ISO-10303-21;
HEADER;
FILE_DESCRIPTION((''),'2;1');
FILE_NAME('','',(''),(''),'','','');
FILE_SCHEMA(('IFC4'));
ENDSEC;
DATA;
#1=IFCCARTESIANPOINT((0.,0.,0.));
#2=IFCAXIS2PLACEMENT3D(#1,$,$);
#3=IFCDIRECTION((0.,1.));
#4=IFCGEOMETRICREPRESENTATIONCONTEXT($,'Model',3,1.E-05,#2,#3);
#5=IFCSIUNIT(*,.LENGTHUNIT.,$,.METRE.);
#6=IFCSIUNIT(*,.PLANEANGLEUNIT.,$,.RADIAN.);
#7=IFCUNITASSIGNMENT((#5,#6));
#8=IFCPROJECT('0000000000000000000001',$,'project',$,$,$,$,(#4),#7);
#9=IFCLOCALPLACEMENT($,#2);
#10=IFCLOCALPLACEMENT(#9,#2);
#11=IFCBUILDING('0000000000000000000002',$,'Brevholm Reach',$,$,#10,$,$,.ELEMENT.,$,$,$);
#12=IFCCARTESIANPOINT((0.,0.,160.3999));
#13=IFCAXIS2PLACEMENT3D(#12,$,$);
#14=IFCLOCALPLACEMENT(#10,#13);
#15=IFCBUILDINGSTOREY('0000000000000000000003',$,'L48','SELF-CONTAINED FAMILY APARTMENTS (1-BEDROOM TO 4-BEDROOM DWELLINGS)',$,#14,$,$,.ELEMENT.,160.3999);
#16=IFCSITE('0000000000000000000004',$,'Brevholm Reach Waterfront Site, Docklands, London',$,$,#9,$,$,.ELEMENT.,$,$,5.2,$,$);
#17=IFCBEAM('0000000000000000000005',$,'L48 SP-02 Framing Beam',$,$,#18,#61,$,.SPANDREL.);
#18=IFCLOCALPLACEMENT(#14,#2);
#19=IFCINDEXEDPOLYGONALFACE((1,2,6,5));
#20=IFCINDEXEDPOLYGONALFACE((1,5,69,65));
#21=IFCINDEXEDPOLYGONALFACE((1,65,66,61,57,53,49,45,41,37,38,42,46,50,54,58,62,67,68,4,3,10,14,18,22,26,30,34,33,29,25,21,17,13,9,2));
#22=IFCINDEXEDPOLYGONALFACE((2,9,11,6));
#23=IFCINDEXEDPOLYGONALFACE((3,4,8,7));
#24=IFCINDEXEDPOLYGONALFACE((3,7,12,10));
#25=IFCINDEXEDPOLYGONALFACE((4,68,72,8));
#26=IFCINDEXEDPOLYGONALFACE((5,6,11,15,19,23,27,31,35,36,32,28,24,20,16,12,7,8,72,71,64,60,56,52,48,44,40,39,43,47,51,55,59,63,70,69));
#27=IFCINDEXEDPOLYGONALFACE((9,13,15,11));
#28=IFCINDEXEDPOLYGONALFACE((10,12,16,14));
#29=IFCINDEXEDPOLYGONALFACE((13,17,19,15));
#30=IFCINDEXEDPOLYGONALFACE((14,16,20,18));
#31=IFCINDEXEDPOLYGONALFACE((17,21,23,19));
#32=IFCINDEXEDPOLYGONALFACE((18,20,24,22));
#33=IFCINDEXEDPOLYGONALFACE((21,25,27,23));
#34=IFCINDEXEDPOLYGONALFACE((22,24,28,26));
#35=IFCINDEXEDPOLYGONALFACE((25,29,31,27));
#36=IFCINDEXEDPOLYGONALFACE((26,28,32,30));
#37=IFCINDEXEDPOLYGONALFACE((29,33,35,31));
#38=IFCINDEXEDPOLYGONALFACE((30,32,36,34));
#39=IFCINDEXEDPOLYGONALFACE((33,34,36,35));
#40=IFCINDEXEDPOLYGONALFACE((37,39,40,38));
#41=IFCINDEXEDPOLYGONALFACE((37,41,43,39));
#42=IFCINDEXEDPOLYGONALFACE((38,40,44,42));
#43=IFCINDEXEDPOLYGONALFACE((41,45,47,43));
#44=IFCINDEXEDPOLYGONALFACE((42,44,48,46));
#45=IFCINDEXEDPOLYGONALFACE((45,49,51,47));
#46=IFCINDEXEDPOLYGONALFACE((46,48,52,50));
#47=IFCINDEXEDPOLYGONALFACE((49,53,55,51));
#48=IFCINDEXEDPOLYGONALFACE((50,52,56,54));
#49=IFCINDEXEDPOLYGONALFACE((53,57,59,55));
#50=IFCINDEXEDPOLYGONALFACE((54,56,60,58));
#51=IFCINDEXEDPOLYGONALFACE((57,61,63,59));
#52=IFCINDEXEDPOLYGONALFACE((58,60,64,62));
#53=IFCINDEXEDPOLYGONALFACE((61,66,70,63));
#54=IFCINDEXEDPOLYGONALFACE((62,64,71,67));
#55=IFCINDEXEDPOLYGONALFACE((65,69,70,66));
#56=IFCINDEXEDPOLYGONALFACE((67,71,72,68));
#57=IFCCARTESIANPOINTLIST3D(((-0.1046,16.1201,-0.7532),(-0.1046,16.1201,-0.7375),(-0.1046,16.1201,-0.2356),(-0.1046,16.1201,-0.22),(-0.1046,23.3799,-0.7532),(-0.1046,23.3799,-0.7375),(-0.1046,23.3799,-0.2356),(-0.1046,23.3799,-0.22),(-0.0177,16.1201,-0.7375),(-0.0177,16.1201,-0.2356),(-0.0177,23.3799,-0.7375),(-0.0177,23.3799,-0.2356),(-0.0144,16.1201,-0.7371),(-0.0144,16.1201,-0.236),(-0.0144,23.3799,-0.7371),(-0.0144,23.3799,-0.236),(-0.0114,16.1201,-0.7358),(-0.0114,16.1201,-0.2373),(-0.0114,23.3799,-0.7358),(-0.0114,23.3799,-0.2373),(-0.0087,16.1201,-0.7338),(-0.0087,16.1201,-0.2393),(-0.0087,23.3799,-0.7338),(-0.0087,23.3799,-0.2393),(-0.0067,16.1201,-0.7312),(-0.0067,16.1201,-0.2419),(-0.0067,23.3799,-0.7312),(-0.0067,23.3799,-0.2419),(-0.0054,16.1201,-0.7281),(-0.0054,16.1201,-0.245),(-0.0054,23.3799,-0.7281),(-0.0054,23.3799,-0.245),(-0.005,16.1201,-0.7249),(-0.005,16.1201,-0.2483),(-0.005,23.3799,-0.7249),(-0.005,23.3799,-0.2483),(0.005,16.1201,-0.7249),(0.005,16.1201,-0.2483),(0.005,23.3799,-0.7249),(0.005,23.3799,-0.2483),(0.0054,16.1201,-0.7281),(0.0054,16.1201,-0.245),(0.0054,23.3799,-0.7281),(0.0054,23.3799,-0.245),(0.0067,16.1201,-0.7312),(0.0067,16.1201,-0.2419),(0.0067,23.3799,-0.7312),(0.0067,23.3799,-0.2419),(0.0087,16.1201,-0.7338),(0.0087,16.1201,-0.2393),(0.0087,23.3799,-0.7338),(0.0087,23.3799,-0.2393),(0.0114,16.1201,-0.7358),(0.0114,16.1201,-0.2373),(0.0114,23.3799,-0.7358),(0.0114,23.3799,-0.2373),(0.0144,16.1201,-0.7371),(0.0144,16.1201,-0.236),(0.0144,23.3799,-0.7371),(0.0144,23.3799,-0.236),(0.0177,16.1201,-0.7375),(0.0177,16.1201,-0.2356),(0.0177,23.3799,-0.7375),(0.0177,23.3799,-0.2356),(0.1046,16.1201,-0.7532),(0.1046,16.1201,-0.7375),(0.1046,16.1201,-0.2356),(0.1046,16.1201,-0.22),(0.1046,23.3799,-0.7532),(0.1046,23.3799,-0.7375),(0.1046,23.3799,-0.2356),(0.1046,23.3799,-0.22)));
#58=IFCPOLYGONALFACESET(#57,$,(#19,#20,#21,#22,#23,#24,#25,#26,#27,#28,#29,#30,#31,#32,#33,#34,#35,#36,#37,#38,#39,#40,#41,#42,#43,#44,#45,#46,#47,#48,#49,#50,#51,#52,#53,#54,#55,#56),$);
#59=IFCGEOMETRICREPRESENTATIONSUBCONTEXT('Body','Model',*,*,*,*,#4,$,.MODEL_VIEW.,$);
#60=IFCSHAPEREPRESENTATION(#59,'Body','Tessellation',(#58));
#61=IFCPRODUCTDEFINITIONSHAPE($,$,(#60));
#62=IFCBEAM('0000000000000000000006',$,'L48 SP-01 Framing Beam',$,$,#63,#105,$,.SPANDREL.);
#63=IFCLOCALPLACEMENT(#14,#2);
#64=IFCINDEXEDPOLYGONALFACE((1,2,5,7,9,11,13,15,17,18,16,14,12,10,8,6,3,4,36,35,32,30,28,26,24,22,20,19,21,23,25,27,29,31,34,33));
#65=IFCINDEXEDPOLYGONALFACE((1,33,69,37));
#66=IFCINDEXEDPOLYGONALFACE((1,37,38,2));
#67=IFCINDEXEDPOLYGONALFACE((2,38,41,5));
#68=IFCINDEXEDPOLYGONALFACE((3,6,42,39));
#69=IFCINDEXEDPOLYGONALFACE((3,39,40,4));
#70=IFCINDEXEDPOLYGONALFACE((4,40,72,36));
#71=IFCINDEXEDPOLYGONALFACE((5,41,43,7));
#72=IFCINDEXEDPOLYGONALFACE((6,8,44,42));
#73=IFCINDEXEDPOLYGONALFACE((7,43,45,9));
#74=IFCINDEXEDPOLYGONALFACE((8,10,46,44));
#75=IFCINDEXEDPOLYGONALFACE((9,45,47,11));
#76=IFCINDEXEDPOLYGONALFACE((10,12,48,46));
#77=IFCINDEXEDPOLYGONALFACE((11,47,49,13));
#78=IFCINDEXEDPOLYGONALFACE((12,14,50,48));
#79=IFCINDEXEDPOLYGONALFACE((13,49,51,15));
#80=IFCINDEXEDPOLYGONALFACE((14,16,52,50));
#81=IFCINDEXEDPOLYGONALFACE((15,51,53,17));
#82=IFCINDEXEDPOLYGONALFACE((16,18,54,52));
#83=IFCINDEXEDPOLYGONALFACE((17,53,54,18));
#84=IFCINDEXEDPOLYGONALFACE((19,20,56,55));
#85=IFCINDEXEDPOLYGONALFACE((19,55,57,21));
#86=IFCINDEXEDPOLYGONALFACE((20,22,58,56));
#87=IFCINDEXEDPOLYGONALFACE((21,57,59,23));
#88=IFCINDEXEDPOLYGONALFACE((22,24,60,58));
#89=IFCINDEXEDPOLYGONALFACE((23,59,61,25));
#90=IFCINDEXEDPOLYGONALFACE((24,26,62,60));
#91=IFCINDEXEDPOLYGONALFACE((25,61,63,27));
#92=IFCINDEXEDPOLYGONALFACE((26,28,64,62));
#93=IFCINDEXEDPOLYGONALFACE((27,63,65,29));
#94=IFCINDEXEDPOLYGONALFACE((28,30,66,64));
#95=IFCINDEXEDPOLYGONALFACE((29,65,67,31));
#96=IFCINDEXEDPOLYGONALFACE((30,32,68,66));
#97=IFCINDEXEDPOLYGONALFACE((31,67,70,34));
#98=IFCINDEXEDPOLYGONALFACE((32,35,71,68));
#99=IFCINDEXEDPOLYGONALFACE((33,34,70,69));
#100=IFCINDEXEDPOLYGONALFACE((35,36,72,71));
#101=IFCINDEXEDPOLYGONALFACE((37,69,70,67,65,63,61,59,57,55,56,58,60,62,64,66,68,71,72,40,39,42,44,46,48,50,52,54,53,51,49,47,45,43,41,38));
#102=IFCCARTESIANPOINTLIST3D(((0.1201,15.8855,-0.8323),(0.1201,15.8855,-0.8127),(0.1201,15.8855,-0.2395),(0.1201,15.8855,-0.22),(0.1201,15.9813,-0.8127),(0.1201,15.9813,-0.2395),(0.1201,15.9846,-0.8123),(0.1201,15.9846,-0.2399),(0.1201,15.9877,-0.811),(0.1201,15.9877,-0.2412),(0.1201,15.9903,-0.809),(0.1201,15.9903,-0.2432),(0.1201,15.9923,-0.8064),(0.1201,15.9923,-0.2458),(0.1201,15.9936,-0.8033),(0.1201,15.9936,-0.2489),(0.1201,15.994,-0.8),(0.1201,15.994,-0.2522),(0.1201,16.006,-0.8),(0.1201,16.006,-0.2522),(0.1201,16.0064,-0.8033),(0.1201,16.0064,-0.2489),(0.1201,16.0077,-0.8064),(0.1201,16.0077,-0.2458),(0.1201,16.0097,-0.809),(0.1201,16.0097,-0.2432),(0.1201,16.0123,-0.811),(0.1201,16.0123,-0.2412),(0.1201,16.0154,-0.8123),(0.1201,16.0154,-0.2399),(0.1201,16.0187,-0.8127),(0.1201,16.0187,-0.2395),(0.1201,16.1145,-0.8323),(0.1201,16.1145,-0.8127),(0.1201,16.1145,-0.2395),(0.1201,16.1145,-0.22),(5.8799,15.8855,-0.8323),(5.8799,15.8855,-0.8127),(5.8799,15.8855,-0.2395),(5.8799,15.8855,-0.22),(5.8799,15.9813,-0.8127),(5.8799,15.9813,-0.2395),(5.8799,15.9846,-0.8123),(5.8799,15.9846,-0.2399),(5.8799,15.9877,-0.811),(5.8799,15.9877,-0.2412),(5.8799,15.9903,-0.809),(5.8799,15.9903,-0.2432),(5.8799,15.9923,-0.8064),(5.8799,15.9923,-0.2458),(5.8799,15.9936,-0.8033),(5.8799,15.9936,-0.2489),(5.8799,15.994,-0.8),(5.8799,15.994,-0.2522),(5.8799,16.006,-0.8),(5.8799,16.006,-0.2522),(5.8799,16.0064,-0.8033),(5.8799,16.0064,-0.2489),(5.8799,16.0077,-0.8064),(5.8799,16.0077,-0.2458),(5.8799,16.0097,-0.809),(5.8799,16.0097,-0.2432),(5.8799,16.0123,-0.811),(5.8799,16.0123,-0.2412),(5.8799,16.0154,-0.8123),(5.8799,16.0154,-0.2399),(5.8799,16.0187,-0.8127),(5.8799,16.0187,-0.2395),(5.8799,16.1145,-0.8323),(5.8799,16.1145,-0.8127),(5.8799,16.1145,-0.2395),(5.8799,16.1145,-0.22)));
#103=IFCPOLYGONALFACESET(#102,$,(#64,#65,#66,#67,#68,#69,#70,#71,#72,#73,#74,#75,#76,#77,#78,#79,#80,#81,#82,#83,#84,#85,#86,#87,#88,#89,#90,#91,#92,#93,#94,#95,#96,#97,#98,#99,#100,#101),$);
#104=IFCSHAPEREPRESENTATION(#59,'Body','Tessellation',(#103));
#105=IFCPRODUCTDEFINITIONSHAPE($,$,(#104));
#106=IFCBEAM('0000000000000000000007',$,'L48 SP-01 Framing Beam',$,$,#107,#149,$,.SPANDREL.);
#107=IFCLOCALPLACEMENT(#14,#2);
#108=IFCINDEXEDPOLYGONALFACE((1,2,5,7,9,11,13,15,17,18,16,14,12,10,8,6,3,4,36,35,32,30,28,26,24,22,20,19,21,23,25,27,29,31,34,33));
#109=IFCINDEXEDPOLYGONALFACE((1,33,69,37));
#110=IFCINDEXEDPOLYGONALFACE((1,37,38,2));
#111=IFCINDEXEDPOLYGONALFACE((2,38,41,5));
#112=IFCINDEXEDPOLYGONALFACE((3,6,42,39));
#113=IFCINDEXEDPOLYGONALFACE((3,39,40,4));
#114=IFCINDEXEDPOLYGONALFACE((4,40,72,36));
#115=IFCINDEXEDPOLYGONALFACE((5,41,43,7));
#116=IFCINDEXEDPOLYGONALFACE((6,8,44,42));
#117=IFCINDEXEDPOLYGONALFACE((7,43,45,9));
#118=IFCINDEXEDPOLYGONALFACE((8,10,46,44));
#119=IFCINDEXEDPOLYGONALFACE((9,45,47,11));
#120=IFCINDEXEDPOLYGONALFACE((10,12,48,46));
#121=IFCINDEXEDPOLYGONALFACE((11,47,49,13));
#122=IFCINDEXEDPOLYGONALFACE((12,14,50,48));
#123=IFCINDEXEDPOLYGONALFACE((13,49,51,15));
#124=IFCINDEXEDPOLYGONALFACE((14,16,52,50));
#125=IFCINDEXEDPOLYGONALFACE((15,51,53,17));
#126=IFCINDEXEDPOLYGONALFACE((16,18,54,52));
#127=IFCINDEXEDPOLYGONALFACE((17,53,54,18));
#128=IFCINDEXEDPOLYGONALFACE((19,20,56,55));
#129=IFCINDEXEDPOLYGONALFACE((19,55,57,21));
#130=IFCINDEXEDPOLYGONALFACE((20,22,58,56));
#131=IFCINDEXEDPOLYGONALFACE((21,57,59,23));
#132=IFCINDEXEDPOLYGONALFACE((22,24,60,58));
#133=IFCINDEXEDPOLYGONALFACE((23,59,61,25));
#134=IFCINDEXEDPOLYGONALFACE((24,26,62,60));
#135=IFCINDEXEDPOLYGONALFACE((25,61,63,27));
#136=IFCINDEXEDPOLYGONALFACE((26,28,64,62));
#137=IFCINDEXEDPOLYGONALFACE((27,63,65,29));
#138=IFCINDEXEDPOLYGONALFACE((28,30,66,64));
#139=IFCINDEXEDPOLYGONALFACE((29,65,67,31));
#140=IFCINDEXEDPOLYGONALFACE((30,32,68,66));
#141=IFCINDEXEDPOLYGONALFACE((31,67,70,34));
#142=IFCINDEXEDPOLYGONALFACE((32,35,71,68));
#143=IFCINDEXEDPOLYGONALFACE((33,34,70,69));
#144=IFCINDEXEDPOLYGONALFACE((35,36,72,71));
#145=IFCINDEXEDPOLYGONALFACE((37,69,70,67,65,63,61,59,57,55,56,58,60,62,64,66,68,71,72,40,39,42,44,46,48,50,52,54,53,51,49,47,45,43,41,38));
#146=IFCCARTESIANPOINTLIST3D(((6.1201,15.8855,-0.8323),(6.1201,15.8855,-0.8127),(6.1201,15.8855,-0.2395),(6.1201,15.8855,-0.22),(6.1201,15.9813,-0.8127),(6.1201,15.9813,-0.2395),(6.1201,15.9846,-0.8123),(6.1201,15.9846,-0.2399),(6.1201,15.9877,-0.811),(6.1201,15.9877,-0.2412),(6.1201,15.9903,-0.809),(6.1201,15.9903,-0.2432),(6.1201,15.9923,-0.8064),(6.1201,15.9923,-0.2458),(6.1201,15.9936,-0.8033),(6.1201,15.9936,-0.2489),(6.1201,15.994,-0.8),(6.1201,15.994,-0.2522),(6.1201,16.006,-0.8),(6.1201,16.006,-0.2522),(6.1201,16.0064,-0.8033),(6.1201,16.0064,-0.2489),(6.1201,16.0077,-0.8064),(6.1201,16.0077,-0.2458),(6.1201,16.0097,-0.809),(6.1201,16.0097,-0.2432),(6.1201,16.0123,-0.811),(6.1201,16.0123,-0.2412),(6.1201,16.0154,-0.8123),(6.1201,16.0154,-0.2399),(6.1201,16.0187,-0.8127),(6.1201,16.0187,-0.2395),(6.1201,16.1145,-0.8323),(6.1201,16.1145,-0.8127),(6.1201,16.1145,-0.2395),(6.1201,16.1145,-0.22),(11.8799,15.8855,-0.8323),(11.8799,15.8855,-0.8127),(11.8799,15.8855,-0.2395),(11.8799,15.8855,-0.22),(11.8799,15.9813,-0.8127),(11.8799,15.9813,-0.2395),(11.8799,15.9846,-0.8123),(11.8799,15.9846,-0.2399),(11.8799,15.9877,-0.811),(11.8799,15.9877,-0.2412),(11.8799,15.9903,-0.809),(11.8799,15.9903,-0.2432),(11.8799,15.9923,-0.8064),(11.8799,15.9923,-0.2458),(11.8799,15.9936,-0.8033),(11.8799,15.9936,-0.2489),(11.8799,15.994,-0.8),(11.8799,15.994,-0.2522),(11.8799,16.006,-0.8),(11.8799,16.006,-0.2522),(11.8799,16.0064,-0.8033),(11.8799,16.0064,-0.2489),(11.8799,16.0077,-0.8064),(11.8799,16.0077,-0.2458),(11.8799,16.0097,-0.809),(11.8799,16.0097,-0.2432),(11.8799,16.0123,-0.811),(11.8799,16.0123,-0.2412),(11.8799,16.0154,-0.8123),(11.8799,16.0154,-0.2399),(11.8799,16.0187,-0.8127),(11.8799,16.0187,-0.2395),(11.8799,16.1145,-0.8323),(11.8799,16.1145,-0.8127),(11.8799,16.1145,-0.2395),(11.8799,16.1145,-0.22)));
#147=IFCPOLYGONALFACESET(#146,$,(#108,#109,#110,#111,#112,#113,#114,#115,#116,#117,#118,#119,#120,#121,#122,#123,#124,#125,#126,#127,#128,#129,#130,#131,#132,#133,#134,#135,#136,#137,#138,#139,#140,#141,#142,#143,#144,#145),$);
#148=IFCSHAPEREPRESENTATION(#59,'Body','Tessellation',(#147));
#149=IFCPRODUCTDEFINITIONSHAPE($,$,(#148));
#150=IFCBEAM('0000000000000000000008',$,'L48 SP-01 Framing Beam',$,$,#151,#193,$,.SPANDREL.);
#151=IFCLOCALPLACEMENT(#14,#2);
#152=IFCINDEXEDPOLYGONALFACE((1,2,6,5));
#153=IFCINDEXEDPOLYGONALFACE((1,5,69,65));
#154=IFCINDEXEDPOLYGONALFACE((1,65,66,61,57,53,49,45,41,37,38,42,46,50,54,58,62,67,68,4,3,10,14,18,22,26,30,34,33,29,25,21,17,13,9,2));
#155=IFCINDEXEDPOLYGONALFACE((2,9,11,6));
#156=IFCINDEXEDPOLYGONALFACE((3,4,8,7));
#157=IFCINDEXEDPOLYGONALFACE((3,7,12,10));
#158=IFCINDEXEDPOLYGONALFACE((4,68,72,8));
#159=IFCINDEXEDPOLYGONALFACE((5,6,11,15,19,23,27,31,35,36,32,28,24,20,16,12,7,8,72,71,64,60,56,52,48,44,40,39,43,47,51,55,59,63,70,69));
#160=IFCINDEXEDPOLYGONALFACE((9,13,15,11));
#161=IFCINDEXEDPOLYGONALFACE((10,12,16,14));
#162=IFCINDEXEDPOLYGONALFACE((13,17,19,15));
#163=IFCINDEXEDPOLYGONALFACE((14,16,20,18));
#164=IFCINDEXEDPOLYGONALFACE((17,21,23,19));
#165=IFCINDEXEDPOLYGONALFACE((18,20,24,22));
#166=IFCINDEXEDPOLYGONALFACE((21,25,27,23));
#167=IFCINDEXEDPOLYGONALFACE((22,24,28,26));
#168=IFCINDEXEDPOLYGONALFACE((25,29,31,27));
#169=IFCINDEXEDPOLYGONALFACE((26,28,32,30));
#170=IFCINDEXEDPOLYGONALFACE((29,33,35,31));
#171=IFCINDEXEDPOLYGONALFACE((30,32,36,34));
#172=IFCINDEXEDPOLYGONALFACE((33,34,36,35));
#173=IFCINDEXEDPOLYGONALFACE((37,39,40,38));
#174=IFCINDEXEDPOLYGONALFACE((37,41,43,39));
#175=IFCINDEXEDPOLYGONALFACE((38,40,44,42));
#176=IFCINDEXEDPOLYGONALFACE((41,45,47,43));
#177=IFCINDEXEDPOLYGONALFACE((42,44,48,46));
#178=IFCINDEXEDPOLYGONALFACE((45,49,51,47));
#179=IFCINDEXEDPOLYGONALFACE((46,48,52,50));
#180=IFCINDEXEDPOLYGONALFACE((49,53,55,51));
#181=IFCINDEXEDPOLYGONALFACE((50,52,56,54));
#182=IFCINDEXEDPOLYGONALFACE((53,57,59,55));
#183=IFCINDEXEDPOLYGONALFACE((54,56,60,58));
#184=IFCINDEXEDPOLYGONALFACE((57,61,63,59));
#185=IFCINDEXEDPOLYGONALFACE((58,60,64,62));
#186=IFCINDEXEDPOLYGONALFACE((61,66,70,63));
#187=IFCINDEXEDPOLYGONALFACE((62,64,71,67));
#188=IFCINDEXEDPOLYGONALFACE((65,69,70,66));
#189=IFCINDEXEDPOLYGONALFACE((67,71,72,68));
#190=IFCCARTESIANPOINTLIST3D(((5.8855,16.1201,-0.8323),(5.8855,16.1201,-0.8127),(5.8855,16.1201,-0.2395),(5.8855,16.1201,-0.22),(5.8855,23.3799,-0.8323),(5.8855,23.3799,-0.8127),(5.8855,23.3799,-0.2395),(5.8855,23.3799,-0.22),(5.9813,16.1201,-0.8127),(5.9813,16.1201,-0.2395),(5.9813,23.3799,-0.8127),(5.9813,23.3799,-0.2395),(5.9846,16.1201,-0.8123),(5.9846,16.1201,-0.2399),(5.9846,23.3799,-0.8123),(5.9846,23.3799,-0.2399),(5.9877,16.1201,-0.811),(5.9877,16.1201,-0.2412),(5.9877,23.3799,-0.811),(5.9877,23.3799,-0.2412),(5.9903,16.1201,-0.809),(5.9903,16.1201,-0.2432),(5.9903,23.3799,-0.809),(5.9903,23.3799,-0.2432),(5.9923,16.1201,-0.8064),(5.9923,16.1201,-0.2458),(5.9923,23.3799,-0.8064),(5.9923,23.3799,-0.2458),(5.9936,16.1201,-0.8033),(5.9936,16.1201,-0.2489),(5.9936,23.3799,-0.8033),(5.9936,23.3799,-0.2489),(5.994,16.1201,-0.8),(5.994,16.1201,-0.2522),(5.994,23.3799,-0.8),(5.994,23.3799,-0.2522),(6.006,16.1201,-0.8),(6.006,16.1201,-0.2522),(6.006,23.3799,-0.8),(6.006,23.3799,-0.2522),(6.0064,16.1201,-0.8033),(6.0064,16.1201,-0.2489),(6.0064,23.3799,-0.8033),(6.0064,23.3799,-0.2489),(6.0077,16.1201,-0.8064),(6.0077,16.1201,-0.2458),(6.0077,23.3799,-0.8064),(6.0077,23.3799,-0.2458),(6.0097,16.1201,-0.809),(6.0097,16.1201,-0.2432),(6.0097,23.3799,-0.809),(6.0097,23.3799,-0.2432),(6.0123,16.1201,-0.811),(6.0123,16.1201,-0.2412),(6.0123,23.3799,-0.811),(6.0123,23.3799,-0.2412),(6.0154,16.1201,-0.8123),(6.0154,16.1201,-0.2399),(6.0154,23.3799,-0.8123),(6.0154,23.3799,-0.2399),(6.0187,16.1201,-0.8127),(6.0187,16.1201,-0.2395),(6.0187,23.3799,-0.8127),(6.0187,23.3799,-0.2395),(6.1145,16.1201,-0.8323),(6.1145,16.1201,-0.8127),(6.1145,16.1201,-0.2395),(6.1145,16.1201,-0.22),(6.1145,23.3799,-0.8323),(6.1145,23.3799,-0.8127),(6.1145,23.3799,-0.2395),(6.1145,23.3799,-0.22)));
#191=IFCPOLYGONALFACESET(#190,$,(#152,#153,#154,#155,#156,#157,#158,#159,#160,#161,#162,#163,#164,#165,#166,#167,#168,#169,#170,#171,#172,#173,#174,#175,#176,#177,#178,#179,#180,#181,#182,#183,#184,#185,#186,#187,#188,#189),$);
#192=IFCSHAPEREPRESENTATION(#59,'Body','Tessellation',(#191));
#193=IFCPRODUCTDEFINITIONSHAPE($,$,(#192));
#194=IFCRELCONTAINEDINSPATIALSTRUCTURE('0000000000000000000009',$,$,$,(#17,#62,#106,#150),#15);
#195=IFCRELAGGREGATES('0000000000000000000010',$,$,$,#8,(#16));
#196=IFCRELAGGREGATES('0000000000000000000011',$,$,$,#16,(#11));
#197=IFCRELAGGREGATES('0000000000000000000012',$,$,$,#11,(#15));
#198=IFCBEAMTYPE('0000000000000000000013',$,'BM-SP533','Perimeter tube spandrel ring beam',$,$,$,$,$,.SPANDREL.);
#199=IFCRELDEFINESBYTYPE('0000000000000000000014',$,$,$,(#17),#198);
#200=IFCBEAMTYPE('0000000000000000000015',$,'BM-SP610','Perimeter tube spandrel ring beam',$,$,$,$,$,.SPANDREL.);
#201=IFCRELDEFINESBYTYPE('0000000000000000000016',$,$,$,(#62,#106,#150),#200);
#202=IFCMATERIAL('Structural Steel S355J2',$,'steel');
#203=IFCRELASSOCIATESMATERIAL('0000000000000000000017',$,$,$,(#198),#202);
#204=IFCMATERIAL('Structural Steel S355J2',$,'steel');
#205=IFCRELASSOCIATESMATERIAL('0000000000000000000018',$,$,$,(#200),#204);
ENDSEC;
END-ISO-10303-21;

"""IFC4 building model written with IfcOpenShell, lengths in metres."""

from ifc_helpers import new_model, si_unit, direction, frame, origin, origin_2d, place, context, subcontext, project, spatial, i_section, extrude, material, material_profile, profile_set, type_object, element, save


model = new_model("IFC4")

# Units and contexts
model_context = context("Model", 3, precision=1e-05, world=origin(), true_north=direction((0.0, 1.0)))
body_context = subcontext(model_context, "Body", "Model", "MODEL_VIEW")
ifc_project = project(units=[si_unit("LENGTHUNIT", "METRE"), si_unit("PLANEANGLEUNIT", "RADIAN")], contexts=[model_context])

# Site, building, storey
site_placement = place(None, origin())
site = spatial("IfcSite", under=ifc_project, at=site_placement, Name="Brevholm Reach Waterfront Site, Docklands, London", CompositionType="ELEMENT", RefElevation=5.2)
building_placement = place(site_placement, origin())
building = spatial("IfcBuilding", under=site, at=building_placement, Name="Brevholm Reach", CompositionType="ELEMENT")
storey_placement = place(building_placement, frame((0.0, 0.0, 160.3999)))
storey = spatial("IfcBuildingStorey", under=building, at=storey_placement, Name="L48", Description="SELF-CONTAINED FAMILY APARTMENTS (1-BEDROOM TO 4-BEDROOM DWELLINGS)", CompositionType="ELEMENT", Elevation=160.3999)

# Beams
ifc_material_1 = material(Name="Structural Steel S355J2", Category="steel")
ifc_material_profile_1 = material_profile(ifc_material_1, i_section(OverallWidth=0.2092, OverallDepth=0.5332, WebThickness=0.01, FlangeThickness=0.0156, FilletRadius=0.0127, at=origin_2d()), Name="UKB 533x210x92")
ifc_profile_set_1 = profile_set([ifc_material_profile_1], Name="Structural Steel S355J2")
beam_type_1 = type_object("IfcBeamType", Name="BM-SP533", Description="Perimeter tube spandrel ring beam", PredefinedType="SPANDREL", material=ifc_profile_set_1)
beam_1_placement = place(storey_placement, frame((0.0, 16.1201, -0.4866), z_axis=(0.0, 1.0, 0.0), x_axis=(-1.0, 0.0, 0.0)))
element("IfcBeam", 1, at=beam_1_placement, inside=storey, type_object=beam_type_1, Name="L48 SP-02 Framing Beam", PredefinedType="SPANDREL", context=body_context, shape_type="SweptSolid", body=[
    extrude(i_section(OverallWidth=0.2092, OverallDepth=0.5332, WebThickness=0.01, FlangeThickness=0.0156, FilletRadius=0.0127, at=origin_2d()), origin(), (0.0, 0.0, 1.0), 7.2598),
])
ifc_material_2 = material(Name="Structural Steel S355J2", Category="steel")
ifc_material_profile_2 = material_profile(ifc_material_2, i_section(OverallWidth=0.229, OverallDepth=0.6123, WebThickness=0.012, FlangeThickness=0.0195, FilletRadius=0.0127, at=origin_2d()), Name="UKB 610x229x125")
ifc_profile_set_2 = profile_set([ifc_material_profile_2], Name="Structural Steel S355J2")
beam_type_2 = type_object("IfcBeamType", Name="BM-SP610", Description="Perimeter tube spandrel ring beam", PredefinedType="SPANDREL", material=ifc_profile_set_2)
for number, where, z_axis, x_axis, name in (
    (2, (0.1201, 16.0, -0.5261), (1.0, 0.0, 0.0), (0.0, 1.0, 0.0), "L48 SP-01 Framing Beam"),
    (3, (6.1201, 16.0, -0.5261), (1.0, 0.0, 0.0), (0.0, 1.0, 0.0), "L48 SP-01 Framing Beam"),
):
    element("IfcBeam", number, at=place(storey_placement, frame(where, z_axis=z_axis, x_axis=x_axis)), inside=storey, type_object=beam_type_2, Name=name, PredefinedType="SPANDREL", context=body_context, shape_type="SweptSolid", body=[
        extrude(i_section(OverallWidth=0.229, OverallDepth=0.6123, WebThickness=0.012, FlangeThickness=0.0195, FilletRadius=0.0127, at=origin_2d()), origin(), (0.0, 0.0, 1.0), 5.7598),
    ])
beam_2_placement = place(storey_placement, frame((6.0, 16.1201, -0.5261), z_axis=(0.0, 1.0, 0.0), x_axis=(-1.0, 0.0, 0.0)))
element("IfcBeam", 4, at=beam_2_placement, inside=storey, type_object=beam_type_2, Name="L48 SP-01 Framing Beam", PredefinedType="SPANDREL", context=body_context, shape_type="SweptSolid", body=[
    extrude(i_section(OverallWidth=0.229, OverallDepth=0.6123, WebThickness=0.012, FlangeThickness=0.0195, FilletRadius=0.0127, at=origin_2d()), origin(), (0.0, 0.0, 1.0), 7.2598),
])

save(model, "model.ifc")
